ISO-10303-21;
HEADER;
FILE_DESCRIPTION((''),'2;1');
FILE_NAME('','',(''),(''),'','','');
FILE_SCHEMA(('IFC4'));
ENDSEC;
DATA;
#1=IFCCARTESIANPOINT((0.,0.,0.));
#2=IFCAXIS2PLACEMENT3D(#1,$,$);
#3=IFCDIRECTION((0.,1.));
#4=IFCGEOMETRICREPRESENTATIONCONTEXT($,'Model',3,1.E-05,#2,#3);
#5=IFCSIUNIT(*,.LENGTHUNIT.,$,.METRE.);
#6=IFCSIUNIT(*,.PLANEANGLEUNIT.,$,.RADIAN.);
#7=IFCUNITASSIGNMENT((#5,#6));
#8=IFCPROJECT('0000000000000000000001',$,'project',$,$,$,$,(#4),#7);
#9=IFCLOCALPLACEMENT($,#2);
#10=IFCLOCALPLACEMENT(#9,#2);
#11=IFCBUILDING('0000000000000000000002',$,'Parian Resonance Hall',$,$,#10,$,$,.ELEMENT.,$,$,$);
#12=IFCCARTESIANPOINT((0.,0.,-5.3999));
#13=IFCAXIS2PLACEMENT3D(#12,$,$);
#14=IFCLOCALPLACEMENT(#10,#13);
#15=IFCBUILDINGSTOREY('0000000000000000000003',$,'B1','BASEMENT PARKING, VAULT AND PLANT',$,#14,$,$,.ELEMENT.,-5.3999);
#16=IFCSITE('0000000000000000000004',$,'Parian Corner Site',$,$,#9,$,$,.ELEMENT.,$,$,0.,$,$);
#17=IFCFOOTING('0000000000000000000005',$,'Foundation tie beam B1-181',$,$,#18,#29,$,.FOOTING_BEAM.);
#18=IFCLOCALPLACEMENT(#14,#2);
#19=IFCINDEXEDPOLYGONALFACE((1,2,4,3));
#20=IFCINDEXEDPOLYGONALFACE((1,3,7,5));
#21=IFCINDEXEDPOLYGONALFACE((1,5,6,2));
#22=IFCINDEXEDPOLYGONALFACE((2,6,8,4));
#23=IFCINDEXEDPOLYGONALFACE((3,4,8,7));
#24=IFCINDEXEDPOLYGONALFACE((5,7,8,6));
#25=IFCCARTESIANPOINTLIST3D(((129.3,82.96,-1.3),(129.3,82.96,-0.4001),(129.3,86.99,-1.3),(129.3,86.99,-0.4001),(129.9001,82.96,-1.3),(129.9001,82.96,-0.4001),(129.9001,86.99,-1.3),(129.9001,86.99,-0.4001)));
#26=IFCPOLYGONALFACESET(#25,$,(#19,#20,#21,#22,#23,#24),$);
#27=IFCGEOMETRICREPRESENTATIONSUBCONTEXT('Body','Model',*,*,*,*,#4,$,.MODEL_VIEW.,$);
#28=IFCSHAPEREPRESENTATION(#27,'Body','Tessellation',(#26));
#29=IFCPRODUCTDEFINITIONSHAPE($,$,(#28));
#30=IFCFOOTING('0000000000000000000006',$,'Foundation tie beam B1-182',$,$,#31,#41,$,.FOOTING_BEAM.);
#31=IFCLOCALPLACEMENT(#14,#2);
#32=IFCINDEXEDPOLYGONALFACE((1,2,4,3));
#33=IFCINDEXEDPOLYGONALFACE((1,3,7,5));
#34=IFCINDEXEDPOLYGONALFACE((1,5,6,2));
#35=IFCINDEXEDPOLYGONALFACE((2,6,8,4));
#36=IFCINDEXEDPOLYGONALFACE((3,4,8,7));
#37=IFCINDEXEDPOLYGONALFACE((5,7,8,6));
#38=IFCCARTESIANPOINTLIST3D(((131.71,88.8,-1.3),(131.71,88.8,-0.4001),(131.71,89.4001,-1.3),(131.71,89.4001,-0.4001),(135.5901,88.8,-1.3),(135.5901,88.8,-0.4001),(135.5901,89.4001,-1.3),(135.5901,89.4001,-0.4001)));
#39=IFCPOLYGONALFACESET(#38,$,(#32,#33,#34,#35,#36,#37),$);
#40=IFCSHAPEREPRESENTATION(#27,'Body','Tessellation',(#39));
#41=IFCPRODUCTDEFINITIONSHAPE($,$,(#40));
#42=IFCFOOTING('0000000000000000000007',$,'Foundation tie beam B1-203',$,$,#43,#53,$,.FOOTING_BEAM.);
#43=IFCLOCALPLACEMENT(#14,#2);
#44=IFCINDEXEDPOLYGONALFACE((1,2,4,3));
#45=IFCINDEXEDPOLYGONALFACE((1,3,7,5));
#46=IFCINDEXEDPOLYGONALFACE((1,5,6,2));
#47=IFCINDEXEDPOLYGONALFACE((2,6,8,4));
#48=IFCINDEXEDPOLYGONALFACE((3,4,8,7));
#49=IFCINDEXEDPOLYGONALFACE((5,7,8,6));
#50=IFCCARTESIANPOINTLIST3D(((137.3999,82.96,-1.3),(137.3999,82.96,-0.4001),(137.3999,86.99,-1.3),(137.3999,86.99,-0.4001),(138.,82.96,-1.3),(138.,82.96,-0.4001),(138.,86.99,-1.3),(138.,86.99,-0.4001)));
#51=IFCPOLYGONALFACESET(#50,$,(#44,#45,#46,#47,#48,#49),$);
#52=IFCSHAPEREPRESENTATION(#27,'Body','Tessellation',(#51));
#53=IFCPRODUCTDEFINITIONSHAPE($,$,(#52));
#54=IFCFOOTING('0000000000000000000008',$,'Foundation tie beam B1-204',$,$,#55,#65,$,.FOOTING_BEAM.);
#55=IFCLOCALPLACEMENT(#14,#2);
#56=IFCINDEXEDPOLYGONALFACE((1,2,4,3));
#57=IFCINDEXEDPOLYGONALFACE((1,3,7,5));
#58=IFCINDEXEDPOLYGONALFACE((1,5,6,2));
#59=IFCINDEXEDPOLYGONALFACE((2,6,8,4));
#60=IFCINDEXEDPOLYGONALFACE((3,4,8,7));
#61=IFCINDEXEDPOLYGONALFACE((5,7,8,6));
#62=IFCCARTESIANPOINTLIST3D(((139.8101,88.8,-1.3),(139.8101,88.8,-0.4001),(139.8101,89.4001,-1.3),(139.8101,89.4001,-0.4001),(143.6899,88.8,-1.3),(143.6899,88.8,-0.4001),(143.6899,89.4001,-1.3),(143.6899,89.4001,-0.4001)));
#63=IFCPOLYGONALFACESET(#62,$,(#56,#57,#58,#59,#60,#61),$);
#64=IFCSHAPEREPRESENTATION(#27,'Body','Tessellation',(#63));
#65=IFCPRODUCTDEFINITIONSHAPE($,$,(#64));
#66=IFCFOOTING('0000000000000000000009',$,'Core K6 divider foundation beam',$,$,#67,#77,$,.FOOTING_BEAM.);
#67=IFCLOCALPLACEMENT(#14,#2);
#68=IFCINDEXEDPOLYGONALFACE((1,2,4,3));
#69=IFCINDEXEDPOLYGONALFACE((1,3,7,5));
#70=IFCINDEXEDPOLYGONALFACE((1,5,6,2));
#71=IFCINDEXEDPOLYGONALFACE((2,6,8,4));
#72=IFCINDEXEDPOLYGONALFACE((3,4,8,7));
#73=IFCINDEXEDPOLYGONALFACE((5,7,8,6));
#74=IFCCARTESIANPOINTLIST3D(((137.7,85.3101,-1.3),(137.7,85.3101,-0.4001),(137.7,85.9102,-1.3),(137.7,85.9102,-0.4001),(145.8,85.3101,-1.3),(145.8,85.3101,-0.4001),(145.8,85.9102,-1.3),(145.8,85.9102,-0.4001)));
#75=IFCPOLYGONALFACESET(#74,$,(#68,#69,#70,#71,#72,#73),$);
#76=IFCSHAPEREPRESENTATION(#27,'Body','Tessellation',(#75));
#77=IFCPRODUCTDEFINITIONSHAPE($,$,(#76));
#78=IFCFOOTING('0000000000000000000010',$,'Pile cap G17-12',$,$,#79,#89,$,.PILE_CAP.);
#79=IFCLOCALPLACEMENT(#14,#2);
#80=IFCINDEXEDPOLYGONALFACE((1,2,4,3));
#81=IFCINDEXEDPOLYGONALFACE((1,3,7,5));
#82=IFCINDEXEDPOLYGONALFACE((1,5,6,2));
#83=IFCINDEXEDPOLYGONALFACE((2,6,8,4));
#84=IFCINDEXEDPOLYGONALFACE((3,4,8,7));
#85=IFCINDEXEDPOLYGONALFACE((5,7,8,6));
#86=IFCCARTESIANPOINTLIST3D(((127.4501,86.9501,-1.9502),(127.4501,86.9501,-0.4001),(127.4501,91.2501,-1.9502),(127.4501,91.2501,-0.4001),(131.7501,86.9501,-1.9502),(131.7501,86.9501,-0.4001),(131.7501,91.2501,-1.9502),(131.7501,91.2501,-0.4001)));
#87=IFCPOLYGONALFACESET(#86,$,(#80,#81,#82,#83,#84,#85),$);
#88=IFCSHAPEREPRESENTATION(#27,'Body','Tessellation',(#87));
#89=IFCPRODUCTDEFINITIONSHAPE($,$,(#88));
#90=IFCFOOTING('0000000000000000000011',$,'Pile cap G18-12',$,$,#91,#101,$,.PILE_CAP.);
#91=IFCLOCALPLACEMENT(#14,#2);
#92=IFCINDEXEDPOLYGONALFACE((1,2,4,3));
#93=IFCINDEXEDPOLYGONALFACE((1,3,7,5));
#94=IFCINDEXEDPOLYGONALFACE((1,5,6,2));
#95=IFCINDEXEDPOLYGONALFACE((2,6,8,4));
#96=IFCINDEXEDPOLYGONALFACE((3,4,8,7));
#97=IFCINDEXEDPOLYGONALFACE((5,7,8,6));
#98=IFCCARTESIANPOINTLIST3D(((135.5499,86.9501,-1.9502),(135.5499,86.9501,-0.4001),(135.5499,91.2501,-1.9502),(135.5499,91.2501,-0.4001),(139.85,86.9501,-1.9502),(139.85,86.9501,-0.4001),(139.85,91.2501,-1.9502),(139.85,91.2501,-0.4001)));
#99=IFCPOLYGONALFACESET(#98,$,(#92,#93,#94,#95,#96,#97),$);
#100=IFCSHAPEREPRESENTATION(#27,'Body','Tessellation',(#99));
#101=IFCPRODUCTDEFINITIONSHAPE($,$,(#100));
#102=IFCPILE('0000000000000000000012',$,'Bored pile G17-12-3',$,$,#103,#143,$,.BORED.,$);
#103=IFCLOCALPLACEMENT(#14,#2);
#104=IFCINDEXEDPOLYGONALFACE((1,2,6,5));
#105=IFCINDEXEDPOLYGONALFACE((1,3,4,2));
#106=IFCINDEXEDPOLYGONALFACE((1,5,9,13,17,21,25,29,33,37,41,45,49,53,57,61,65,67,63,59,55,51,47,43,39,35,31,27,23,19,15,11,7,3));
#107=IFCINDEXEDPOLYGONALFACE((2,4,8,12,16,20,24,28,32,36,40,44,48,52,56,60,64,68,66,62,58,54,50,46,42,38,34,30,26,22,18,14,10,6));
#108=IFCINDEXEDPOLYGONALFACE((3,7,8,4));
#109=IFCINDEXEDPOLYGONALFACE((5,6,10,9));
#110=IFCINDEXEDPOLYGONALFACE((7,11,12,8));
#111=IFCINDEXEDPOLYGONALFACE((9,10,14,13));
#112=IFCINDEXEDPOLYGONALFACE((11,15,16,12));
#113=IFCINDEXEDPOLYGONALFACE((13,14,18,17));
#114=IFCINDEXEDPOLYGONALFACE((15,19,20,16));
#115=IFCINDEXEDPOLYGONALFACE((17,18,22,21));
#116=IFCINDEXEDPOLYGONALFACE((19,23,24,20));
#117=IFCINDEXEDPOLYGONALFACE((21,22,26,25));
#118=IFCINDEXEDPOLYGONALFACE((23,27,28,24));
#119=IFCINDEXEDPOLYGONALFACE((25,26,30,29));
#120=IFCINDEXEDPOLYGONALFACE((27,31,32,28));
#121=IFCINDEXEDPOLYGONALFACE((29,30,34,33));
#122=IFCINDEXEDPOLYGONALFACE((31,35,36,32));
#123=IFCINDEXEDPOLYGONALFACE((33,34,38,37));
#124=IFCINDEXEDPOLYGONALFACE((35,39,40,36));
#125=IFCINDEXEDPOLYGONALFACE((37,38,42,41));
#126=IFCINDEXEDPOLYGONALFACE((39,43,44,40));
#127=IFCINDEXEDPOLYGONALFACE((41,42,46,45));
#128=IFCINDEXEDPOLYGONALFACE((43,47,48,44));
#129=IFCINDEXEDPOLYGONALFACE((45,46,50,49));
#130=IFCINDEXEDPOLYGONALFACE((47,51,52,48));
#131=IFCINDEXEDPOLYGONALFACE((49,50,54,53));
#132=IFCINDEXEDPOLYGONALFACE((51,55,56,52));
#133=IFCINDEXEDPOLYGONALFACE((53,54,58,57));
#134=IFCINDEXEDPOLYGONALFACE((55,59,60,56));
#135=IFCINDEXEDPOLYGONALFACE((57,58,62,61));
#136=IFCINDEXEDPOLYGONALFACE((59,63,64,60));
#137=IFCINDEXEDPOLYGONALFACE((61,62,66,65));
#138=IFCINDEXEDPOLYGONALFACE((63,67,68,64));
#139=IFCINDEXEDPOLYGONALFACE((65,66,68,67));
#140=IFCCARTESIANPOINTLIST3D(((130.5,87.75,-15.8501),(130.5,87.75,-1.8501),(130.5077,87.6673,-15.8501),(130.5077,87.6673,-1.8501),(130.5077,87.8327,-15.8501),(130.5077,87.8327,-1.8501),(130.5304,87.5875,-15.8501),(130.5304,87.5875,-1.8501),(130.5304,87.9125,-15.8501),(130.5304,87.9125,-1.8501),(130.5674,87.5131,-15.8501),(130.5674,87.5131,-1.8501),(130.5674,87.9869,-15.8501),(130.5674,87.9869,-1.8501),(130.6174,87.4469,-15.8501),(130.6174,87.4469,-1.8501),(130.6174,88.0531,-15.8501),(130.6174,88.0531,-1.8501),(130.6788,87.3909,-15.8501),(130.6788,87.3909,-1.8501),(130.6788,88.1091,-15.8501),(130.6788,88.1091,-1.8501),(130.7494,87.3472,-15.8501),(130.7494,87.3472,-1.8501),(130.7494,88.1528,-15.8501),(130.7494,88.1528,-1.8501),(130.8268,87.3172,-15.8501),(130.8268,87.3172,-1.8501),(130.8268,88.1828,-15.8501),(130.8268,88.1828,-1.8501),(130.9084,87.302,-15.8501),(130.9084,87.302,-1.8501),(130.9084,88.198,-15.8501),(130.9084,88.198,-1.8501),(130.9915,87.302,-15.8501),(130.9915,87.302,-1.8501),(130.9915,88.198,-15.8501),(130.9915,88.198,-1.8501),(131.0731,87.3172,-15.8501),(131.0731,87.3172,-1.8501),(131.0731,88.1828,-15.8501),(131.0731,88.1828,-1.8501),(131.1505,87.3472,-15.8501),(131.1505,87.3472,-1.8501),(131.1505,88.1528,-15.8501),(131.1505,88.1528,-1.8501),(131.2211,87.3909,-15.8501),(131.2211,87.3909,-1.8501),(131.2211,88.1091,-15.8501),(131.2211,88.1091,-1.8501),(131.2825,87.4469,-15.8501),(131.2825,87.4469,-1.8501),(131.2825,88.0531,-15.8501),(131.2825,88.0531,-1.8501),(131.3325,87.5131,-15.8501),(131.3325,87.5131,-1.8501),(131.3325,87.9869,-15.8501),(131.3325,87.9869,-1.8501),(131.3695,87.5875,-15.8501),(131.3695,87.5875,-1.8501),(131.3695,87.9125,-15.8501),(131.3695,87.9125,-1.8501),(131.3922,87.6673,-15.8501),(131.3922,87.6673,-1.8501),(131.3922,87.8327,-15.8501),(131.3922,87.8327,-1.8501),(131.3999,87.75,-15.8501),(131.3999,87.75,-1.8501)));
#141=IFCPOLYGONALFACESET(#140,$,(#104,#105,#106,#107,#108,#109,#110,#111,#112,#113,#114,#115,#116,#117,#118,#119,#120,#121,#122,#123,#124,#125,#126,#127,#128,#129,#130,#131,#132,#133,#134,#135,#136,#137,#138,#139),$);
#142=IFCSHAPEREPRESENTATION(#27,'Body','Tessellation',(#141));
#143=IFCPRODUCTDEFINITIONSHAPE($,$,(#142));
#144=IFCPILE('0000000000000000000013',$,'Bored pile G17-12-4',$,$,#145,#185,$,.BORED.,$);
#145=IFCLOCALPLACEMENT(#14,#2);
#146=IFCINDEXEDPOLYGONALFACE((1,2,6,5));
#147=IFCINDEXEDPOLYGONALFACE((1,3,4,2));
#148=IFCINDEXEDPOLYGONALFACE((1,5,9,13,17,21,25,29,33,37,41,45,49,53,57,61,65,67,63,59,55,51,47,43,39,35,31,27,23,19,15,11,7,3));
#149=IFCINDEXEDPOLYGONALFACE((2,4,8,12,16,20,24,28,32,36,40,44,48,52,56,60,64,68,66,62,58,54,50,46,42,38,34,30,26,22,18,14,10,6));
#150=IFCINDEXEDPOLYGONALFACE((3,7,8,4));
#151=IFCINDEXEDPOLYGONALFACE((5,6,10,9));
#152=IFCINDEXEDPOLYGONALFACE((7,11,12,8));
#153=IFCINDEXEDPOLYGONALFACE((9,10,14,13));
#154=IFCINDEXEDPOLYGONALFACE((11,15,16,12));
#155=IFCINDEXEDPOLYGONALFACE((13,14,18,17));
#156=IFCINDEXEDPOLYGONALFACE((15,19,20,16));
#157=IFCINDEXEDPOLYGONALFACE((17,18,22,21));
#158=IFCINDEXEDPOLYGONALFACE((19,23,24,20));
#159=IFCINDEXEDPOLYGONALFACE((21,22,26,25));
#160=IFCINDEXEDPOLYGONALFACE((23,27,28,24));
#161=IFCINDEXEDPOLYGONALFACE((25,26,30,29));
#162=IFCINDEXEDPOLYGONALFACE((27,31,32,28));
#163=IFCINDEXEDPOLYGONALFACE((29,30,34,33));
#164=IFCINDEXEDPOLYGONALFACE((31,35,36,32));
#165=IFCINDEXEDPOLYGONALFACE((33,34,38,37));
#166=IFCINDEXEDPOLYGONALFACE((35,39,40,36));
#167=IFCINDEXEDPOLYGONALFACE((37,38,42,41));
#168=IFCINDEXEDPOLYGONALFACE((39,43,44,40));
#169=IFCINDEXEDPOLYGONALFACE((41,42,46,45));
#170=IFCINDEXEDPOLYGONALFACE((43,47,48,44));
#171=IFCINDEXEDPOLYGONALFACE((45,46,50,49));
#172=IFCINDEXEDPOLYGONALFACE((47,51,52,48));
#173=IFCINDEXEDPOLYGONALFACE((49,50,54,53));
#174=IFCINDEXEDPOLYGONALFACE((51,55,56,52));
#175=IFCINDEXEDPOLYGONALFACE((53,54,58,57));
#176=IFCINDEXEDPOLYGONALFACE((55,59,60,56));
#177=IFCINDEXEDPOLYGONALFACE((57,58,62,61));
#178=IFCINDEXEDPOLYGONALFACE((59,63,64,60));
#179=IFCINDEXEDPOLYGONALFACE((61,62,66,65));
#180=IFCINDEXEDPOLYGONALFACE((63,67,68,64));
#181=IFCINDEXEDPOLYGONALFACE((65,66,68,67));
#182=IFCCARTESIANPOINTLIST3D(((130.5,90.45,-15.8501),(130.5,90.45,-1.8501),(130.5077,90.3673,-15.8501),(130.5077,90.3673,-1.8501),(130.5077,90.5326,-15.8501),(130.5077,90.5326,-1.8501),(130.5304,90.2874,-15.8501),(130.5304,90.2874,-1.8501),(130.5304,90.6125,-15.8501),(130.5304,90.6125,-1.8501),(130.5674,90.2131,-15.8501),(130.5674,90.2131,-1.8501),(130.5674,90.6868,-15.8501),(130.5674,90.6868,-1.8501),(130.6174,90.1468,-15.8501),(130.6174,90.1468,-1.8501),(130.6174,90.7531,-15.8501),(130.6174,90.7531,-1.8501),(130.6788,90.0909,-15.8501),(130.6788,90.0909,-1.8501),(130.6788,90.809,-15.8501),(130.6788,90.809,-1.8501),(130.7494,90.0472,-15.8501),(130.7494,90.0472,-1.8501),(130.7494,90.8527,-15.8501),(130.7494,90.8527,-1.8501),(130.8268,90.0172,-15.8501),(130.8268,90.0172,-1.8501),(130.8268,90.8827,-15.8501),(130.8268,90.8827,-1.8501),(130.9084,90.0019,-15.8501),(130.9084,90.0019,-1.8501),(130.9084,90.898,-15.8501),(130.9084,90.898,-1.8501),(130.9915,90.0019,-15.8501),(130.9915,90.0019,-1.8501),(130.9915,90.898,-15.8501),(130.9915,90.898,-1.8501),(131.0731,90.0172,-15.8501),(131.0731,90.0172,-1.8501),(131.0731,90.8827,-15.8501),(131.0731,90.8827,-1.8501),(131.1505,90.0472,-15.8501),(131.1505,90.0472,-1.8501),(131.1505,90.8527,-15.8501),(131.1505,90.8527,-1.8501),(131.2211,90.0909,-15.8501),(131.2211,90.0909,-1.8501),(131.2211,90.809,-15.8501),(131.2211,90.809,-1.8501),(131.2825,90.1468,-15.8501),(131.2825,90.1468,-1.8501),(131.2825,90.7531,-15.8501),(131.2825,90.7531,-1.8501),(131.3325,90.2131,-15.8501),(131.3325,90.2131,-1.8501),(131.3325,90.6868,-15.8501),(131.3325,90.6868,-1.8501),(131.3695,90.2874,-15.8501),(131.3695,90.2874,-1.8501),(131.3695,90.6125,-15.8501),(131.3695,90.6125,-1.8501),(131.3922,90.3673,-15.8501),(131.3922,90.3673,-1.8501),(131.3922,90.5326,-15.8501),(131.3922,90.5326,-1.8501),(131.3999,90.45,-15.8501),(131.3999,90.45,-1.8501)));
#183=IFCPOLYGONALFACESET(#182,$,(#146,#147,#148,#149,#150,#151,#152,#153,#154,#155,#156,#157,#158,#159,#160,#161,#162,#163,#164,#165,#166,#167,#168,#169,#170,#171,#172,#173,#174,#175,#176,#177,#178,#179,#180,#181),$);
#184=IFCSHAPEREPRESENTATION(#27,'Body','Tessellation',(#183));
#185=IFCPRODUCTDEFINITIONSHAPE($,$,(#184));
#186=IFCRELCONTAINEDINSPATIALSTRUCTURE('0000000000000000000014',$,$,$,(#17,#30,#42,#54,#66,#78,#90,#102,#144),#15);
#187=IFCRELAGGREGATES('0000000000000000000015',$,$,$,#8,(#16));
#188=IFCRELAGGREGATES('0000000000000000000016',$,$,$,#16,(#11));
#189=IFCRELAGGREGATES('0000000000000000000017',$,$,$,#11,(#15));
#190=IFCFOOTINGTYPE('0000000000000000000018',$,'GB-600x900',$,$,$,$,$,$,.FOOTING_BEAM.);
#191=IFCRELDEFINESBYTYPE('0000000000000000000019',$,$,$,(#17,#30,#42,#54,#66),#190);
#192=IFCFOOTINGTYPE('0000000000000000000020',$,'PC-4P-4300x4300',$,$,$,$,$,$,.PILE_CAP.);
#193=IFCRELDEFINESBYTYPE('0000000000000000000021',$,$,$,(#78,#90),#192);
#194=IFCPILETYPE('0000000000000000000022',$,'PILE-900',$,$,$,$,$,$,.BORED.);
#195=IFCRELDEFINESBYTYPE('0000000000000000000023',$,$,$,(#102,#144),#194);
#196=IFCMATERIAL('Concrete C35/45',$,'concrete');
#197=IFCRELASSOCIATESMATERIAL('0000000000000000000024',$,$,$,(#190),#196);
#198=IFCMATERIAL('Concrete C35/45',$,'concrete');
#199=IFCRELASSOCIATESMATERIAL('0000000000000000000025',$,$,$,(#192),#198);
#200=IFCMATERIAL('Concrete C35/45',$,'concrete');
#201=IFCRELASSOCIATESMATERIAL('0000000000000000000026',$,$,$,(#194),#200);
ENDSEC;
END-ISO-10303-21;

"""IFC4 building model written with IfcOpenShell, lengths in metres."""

from ifc_helpers import new_model, si_unit, direction, frame, origin, origin_2d, place, context, subcontext, project, spatial, rectangle, circle, extrude, material, material_profile, profile_set, type_object, element, save


model = new_model("IFC4")

# Units and contexts
model_context = context("Model", 3, precision=1e-05, world=origin(), true_north=direction((0.0, 1.0)))
body_context = subcontext(model_context, "Body", "Model", "MODEL_VIEW")
ifc_project = project(units=[si_unit("LENGTHUNIT", "METRE"), si_unit("PLANEANGLEUNIT", "RADIAN")], contexts=[model_context])

# Site, building, storey
site_placement = place(None, origin())
site = spatial("IfcSite", under=ifc_project, at=site_placement, Name="Parian Corner Site", CompositionType="ELEMENT", RefElevation=0.0)
building_placement = place(site_placement, origin())
building = spatial("IfcBuilding", under=site, at=building_placement, Name="Parian Resonance Hall", CompositionType="ELEMENT")
storey_placement = place(building_placement, frame((0.0, 0.0, -5.3999)))
storey = spatial("IfcBuildingStorey", under=building, at=storey_placement, Name="B1", Description="BASEMENT PARKING, VAULT AND PLANT", CompositionType="ELEMENT", Elevation=-5.3999)

# Footings
ifc_material_1 = material(Name="Concrete C35/45", Category="concrete")
ifc_material_profile_1 = material_profile(ifc_material_1, rectangle(XDim=0.6001, YDim=0.8999, at=origin_2d()), Name="RC-GB-600x900")
ifc_profile_set_1 = profile_set([ifc_material_profile_1], Name="Concrete C35/45")
footing_type_1 = type_object("IfcFootingType", Name="GB-600x900", PredefinedType="FOOTING_BEAM", material=ifc_profile_set_1)
footing_1_placement = place(storey_placement, frame((129.6001, 82.96, -0.8501), z_axis=(0.0, 1.0, 0.0), x_axis=(-1.0, 0.0, 0.0)))
element("IfcFooting", 1, at=footing_1_placement, inside=storey, type_object=footing_type_1, Name="Foundation tie beam B1-181", PredefinedType="FOOTING_BEAM", context=body_context, shape_type="SweptSolid", body=[
    extrude(rectangle(XDim=0.6001, YDim=0.8999, at=origin_2d()), origin(), (0.0, 0.0, 1.0), 4.03),
])
footing_2_placement = place(storey_placement, frame((131.71, 89.1001, -0.8501), z_axis=(1.0, 0.0, 0.0), x_axis=(0.0, 1.0, 0.0)))
element("IfcFooting", 2, at=footing_2_placement, inside=storey, type_object=footing_type_1, Name="Foundation tie beam B1-182", PredefinedType="FOOTING_BEAM", context=body_context, shape_type="SweptSolid", body=[
    extrude(rectangle(XDim=0.6001, YDim=0.8999, at=origin_2d()), origin(), (0.0, 0.0, 1.0), 3.8801),
])
footing_3_placement = place(storey_placement, frame((137.7, 82.96, -0.8501), z_axis=(0.0, 1.0, 0.0), x_axis=(-1.0, 0.0, 0.0)))
element("IfcFooting", 3, at=footing_3_placement, inside=storey, type_object=footing_type_1, Name="Foundation tie beam B1-203", PredefinedType="FOOTING_BEAM", context=body_context, shape_type="SweptSolid", body=[
    extrude(rectangle(XDim=0.6001, YDim=0.8999, at=origin_2d()), origin(), (0.0, 0.0, 1.0), 4.03),
])
footing_4_placement = place(storey_placement, frame((139.8101, 89.1001, -0.8501), z_axis=(1.0, 0.0, 0.0), x_axis=(0.0, 1.0, 0.0)))
element("IfcFooting", 4, at=footing_4_placement, inside=storey, type_object=footing_type_1, Name="Foundation tie beam B1-204", PredefinedType="FOOTING_BEAM", context=body_context, shape_type="SweptSolid", body=[
    extrude(rectangle(XDim=0.6001, YDim=0.8999, at=origin_2d()), origin(), (0.0, 0.0, 1.0), 3.8799),
])
footing_5_placement = place(storey_placement, frame((137.7, 85.6101, -0.8501), z_axis=(1.0, 0.0, 0.0), x_axis=(0.0, 1.0, 0.0)))
element("IfcFooting", 5, at=footing_5_placement, inside=storey, type_object=footing_type_1, Name="Core K6 divider foundation beam", PredefinedType="FOOTING_BEAM", context=body_context, shape_type="SweptSolid", body=[
    extrude(rectangle(XDim=0.6001, YDim=0.8999, at=origin_2d()), origin(), (0.0, 0.0, 1.0), 8.1001),
])
ifc_material_2 = material(Name="Concrete C35/45", Category="concrete")
footing_type_2 = type_object("IfcFootingType", Name="PC-4P-4300x4300", PredefinedType="PILE_CAP", material=ifc_material_2)
for number, where, z_axis, x_axis, name in (
    (6, (129.6001, 89.1001, -1.9502), (0.0, 0.0, 1.0), (1.0, 0.0, 0.0), "Pile cap G17-12"),
    (7, (137.7, 89.1001, -1.9502), (0.0, 0.0, 1.0), (1.0, 0.0, 0.0), "Pile cap G18-12"),
):
    element("IfcFooting", number, at=place(storey_placement, frame(where, z_axis=z_axis, x_axis=x_axis)), inside=storey, type_object=footing_type_2, Name=name, PredefinedType="PILE_CAP", context=body_context, shape_type="SweptSolid", body=[
        extrude(rectangle(XDim=4.3, YDim=4.3, at=origin_2d()), origin(), (0.0, 0.0, 1.0), 1.55),
    ])

# Piles
ifc_material_3 = material(Name="Concrete C35/45", Category="concrete")
ifc_material_profile_2 = material_profile(ifc_material_3, circle(Radius=0.45, at=origin_2d()), Name="PILE-D900")
ifc_profile_set_2 = profile_set([ifc_material_profile_2], Name="Concrete C35/45")
pile_type = type_object("IfcPileType", Name="PILE-900", PredefinedType="BORED", material=ifc_profile_set_2)
for number, where, z_axis, x_axis, name in (
    (8, (130.95, 87.75, -1.8501), (0.0, 0.0, -1.0), (1.0, 0.0, 0.0), "Bored pile G17-12-3"),
    (9, (130.95, 90.45, -1.8501), (0.0, 0.0, -1.0), (1.0, 0.0, 0.0), "Bored pile G17-12-4"),
):
    element("IfcPile", number, at=place(storey_placement, frame(where, z_axis=z_axis, x_axis=x_axis)), inside=storey, type_object=pile_type, Name=name, PredefinedType="BORED", context=body_context, shape_type="SweptSolid", body=[
        extrude(circle(Radius=0.45, at=origin_2d()), origin(), (0.0, 0.0, 1.0), 14.0),
    ])

save(model, "model.ifc")
